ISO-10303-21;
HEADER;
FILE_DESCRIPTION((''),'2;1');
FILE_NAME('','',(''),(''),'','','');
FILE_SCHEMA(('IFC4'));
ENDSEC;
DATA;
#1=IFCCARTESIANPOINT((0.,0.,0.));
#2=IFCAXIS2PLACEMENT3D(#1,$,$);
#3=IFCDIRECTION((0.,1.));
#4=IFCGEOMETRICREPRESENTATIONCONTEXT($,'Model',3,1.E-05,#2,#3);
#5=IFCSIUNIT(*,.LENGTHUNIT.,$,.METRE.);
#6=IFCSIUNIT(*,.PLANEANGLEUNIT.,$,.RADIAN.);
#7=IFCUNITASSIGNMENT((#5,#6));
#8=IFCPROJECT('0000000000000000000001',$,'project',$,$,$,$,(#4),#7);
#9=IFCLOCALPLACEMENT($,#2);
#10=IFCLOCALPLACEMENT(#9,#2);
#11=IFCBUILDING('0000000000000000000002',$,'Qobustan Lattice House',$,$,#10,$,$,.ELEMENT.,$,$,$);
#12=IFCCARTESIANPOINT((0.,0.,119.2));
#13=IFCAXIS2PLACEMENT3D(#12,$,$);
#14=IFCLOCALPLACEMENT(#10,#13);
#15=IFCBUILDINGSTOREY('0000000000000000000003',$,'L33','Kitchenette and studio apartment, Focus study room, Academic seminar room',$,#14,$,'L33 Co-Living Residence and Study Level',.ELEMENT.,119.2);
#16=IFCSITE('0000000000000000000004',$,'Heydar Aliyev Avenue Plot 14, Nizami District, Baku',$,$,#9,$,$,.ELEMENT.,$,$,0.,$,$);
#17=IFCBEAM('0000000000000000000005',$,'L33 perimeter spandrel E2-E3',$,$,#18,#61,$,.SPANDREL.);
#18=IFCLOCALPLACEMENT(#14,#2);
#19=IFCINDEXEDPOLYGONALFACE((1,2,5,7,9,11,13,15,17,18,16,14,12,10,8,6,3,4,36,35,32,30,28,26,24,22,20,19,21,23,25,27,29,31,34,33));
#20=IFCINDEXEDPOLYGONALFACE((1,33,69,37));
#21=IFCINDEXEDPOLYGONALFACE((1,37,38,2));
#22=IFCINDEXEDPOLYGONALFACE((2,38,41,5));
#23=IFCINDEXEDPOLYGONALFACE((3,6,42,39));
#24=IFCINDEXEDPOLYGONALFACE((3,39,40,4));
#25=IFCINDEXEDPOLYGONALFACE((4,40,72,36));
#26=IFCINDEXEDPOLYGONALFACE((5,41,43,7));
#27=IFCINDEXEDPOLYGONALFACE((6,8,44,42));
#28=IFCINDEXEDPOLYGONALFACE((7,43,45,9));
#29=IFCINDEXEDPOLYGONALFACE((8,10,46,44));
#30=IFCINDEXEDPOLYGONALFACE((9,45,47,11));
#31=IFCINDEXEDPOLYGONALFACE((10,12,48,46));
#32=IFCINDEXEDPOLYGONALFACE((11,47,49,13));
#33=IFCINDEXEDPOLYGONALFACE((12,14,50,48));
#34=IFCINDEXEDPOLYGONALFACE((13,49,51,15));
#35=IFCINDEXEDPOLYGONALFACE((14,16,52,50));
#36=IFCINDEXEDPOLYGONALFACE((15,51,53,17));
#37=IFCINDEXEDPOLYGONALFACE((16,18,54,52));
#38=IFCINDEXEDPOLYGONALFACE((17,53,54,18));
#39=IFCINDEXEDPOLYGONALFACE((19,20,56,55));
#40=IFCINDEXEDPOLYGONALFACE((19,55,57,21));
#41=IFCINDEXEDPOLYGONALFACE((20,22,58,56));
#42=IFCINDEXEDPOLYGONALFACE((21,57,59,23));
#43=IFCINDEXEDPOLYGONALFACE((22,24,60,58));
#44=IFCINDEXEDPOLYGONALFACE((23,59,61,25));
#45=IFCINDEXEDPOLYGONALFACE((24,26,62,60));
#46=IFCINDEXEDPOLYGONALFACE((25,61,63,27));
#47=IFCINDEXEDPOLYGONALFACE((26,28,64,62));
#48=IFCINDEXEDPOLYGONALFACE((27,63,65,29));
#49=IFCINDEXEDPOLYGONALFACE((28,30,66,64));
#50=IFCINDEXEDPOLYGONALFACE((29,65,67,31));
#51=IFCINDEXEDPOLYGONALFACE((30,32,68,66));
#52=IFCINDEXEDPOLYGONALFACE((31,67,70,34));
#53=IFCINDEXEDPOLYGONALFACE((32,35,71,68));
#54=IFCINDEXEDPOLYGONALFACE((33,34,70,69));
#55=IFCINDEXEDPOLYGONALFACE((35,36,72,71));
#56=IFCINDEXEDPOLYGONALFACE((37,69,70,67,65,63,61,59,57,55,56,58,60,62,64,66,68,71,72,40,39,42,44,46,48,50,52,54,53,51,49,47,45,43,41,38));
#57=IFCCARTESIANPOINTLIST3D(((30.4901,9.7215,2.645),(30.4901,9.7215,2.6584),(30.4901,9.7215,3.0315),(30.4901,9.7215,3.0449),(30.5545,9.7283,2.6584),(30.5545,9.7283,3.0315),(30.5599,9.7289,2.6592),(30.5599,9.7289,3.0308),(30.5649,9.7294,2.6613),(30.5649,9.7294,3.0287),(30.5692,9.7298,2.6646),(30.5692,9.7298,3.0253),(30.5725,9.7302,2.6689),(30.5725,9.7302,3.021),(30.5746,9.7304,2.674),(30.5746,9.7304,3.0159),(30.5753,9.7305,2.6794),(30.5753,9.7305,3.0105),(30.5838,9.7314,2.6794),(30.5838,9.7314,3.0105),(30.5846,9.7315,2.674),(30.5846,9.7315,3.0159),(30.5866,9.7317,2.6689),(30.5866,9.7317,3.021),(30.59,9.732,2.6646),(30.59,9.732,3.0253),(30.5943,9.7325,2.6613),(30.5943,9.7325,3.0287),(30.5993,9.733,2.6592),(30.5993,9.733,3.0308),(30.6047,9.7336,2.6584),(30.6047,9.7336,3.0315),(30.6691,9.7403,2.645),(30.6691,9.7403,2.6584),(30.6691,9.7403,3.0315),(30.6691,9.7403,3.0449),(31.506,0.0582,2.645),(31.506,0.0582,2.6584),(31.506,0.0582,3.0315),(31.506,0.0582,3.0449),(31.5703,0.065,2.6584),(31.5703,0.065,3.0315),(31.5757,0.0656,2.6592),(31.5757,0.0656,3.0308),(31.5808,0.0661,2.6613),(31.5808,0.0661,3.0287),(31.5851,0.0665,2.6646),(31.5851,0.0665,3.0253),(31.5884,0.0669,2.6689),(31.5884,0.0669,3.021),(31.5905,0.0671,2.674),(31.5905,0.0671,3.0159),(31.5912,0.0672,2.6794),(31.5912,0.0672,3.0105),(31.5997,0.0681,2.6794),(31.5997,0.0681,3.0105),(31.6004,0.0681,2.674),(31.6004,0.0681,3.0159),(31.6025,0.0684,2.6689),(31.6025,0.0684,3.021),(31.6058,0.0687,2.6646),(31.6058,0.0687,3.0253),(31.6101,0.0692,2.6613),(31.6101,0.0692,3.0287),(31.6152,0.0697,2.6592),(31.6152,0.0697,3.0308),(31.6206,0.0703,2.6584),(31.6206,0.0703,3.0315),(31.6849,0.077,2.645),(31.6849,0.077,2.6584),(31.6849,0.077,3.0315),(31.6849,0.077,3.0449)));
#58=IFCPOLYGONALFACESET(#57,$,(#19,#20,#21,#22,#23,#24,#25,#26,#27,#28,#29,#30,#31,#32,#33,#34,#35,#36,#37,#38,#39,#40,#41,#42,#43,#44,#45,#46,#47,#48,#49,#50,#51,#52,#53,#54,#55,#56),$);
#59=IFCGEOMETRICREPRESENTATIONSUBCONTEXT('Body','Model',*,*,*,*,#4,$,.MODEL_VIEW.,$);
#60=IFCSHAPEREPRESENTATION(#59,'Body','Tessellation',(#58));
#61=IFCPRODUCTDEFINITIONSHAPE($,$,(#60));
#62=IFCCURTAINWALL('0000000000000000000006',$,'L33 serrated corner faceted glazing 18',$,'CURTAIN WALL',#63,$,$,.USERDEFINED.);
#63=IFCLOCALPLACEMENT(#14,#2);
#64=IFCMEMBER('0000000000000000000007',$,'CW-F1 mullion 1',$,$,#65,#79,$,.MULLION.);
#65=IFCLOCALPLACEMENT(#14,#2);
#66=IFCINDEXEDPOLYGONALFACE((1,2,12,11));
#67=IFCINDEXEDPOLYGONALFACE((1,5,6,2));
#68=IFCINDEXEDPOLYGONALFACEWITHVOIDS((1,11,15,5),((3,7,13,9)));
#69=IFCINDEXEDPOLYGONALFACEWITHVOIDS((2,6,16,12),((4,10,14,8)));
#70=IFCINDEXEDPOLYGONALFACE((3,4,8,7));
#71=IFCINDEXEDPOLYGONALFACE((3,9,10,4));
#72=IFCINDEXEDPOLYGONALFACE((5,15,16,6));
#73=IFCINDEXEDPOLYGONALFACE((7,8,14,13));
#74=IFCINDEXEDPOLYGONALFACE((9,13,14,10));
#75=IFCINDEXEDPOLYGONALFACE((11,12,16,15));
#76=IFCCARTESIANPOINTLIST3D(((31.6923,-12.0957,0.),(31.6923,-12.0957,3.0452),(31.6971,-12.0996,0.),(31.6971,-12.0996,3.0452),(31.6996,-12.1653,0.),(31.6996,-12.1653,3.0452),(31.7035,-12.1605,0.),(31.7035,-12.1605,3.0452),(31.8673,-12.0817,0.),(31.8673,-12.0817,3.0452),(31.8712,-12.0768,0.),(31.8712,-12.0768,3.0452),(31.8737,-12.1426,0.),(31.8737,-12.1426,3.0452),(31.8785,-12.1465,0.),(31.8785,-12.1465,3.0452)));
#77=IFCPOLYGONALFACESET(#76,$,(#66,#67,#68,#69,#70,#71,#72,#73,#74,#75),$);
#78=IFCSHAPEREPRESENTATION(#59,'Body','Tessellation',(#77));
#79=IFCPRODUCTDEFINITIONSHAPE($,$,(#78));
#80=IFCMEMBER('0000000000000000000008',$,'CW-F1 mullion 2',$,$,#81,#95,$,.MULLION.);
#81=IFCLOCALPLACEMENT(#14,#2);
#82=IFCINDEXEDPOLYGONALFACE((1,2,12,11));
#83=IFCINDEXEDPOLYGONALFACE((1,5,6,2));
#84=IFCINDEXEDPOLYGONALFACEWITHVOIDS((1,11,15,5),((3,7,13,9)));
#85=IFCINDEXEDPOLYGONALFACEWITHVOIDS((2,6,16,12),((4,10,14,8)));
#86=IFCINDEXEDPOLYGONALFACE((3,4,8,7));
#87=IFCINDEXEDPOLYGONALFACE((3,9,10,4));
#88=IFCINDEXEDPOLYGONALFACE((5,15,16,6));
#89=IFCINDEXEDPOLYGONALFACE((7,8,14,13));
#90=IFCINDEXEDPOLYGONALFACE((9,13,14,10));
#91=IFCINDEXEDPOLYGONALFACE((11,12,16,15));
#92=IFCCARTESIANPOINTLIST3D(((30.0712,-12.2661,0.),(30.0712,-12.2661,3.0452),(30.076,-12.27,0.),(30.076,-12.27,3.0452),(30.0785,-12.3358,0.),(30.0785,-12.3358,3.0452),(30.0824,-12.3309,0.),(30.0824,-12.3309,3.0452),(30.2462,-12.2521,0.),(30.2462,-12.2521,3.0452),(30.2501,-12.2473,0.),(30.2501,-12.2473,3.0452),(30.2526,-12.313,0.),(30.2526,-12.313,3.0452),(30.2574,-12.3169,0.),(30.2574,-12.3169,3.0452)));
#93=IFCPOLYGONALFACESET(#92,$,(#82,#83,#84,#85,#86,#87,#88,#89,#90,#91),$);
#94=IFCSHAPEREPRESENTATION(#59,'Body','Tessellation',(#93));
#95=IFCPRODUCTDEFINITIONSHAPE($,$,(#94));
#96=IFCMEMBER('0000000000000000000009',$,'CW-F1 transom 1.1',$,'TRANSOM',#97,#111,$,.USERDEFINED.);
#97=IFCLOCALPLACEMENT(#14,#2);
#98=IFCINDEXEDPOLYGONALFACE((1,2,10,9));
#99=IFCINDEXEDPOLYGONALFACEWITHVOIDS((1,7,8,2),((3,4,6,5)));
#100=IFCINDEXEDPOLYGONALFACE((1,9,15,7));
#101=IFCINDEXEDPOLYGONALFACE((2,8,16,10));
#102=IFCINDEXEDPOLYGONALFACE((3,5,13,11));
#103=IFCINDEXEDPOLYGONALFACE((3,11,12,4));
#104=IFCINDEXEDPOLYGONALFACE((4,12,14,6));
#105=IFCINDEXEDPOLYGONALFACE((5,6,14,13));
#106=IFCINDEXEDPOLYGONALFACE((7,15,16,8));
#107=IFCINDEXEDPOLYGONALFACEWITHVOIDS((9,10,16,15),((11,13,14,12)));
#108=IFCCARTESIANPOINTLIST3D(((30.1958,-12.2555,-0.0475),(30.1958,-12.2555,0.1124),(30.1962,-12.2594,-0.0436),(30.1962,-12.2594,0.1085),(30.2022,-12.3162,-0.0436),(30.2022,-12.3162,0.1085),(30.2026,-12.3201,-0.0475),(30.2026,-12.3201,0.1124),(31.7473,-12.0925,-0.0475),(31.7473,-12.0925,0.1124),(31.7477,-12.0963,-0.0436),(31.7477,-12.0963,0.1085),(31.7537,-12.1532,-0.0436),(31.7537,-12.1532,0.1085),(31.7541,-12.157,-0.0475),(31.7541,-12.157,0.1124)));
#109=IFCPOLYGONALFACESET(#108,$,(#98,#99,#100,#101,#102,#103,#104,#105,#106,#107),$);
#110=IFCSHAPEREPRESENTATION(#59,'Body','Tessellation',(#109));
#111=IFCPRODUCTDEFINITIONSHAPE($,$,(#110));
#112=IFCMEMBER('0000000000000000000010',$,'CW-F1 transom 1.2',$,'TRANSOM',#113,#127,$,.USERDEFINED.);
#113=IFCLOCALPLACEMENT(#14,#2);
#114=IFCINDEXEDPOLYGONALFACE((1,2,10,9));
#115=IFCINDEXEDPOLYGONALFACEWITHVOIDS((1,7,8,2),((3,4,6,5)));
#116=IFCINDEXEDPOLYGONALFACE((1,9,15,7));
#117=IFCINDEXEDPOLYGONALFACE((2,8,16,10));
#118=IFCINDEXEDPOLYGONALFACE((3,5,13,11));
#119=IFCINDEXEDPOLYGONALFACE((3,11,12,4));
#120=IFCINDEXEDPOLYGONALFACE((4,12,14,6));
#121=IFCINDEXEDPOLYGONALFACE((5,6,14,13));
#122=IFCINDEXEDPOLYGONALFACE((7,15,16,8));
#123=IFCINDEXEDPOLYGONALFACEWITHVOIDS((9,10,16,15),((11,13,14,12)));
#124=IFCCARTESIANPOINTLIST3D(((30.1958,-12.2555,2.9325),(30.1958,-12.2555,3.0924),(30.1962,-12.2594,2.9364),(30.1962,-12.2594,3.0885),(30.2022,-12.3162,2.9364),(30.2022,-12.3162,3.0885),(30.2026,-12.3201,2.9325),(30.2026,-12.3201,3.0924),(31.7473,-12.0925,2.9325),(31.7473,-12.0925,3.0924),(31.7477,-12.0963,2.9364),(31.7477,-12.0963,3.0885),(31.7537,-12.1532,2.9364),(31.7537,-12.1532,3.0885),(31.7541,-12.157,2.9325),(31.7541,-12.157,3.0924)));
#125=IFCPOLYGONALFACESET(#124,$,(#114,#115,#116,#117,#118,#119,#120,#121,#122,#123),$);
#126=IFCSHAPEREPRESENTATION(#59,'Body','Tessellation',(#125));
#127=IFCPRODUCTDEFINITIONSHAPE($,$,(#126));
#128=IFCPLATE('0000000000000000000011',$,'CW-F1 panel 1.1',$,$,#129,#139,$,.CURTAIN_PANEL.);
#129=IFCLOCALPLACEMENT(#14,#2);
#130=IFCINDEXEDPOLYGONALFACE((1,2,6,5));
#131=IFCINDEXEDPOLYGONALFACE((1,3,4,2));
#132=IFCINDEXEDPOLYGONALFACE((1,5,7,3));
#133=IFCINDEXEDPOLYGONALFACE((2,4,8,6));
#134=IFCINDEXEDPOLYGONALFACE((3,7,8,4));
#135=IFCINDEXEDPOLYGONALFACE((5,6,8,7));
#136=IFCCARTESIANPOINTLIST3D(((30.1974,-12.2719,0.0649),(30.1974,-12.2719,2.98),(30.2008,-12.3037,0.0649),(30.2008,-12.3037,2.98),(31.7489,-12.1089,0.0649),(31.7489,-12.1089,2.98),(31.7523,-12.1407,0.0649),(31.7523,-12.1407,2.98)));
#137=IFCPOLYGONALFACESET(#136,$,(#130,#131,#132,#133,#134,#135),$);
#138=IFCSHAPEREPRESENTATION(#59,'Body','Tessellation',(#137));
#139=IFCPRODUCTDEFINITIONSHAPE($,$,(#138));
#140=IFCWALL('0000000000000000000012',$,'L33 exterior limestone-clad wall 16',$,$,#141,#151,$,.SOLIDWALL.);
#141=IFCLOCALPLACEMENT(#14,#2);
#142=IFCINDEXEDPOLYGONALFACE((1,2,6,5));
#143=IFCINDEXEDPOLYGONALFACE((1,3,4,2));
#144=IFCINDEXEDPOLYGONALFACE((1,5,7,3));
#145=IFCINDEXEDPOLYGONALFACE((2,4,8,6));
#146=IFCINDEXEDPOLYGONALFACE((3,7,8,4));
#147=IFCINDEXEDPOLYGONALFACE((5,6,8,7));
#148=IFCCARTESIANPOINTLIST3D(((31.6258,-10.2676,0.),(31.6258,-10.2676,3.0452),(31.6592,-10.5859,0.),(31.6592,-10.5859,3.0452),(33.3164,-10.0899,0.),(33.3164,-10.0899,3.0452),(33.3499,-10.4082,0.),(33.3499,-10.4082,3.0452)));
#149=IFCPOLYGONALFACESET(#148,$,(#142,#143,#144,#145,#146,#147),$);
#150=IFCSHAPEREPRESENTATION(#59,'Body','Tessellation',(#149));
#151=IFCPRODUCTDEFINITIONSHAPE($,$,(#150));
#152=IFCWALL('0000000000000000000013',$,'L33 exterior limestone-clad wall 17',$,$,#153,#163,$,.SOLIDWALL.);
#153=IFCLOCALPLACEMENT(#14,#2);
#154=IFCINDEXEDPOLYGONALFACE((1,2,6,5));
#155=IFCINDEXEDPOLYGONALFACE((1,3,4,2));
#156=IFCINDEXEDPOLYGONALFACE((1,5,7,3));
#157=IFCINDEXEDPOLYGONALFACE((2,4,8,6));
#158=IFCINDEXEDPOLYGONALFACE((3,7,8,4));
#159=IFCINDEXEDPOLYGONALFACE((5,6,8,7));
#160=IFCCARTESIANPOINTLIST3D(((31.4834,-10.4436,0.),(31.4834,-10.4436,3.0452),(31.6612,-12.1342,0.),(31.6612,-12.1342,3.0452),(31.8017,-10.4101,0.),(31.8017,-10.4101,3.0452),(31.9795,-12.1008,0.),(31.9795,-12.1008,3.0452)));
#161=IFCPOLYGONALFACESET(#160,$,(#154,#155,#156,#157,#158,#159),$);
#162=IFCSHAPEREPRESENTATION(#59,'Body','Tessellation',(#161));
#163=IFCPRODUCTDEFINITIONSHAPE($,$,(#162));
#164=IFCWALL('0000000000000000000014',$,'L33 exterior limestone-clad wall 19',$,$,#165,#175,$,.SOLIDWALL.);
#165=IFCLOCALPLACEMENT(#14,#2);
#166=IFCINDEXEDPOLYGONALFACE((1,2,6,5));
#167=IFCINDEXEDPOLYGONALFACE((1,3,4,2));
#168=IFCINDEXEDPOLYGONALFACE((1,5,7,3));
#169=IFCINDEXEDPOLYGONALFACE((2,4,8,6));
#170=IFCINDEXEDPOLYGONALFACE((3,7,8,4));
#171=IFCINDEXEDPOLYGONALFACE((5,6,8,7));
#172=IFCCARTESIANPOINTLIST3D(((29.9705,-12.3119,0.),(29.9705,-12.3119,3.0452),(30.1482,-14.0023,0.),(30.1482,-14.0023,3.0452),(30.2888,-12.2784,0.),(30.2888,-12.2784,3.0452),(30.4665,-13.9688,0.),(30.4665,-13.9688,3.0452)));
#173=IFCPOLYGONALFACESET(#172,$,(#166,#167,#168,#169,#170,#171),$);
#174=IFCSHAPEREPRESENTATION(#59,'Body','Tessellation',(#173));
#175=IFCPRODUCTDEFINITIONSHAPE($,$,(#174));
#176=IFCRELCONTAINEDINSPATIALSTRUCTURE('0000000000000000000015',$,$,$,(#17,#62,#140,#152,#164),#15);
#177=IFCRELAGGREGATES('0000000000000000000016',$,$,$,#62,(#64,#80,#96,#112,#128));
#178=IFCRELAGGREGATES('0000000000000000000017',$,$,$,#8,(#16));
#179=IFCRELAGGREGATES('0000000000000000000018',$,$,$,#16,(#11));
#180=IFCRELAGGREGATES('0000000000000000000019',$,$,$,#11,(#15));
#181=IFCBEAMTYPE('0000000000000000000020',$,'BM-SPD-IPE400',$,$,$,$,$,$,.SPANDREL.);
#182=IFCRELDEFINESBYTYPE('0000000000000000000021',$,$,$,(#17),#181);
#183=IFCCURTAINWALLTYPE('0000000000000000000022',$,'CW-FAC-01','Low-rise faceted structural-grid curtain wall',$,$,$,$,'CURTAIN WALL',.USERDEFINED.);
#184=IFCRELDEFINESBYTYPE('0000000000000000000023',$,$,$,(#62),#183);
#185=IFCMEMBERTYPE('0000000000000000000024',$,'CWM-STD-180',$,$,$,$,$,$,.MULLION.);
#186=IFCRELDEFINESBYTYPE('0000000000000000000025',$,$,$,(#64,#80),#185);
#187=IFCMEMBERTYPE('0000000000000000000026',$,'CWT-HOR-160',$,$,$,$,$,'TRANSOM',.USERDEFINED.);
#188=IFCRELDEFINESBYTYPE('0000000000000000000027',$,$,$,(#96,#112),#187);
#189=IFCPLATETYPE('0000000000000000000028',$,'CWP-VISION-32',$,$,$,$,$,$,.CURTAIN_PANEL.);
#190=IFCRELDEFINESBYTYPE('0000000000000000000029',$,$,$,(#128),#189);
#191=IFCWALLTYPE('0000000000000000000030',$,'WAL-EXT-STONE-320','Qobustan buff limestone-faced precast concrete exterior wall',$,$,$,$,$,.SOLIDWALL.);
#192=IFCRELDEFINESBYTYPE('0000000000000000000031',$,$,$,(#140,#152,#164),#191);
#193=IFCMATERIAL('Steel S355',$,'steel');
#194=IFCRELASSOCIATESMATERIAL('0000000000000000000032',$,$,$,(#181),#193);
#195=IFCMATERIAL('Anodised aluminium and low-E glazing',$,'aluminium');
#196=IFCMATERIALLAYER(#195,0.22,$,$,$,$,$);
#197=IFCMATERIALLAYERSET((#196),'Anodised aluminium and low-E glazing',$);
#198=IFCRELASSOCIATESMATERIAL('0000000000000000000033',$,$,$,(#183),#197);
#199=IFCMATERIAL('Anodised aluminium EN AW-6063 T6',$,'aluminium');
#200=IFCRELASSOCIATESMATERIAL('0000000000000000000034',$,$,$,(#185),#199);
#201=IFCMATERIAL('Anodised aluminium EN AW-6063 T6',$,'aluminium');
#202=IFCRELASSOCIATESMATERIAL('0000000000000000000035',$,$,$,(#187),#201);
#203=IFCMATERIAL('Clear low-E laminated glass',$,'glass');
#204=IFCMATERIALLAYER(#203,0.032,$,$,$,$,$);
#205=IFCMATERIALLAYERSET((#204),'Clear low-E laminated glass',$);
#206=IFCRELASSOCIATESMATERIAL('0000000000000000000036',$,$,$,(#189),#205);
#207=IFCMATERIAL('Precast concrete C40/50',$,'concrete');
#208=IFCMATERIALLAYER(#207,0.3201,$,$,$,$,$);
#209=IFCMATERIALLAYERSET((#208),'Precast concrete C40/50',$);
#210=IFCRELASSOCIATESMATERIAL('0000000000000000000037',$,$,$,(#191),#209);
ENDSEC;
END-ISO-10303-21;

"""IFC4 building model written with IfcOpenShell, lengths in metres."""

from ifc_helpers import new_model, si_unit, direction, frame, frame_2d, origin, origin_2d, place, context, subcontext, project, spatial, rectangle, hollow_rectangle, i_section, extrude, material, layer, layer_set, material_profile, profile_set, type_object, element, aggregate, save


model = new_model("IFC4")

# Units and contexts
model_context = context("Model", 3, precision=1e-05, world=origin(), true_north=direction((0.0, 1.0)))
body_context = subcontext(model_context, "Body", "Model", "MODEL_VIEW")
ifc_project = project(units=[si_unit("LENGTHUNIT", "METRE"), si_unit("PLANEANGLEUNIT", "RADIAN")], contexts=[model_context])

# Site, building, storey
site_placement = place(None, origin())
site = spatial("IfcSite", under=ifc_project, at=site_placement, Name="Heydar Aliyev Avenue Plot 14, Nizami District, Baku", CompositionType="ELEMENT", RefElevation=0.0)
building_placement = place(site_placement, origin())
building = spatial("IfcBuilding", under=site, at=building_placement, Name="Qobustan Lattice House", CompositionType="ELEMENT")
storey_placement = place(building_placement, frame((0.0, 0.0, 119.2)))
storey = spatial("IfcBuildingStorey", under=building, at=storey_placement, Name="L33", Description="Kitchenette and studio apartment, Focus study room, Academic seminar room", LongName="L33 Co-Living Residence and Study Level", CompositionType="ELEMENT", Elevation=119.2)

# Beam
ifc_material_1 = material(Name="Steel S355", Category="steel")
ifc_material_profile_1 = material_profile(ifc_material_1, i_section(OverallWidth=0.1799, OverallDepth=0.3999, WebThickness=0.0085, FlangeThickness=0.0134, FilletRadius=0.021, at=origin_2d()), Name="IPE400")
ifc_profile_set_1 = profile_set([ifc_material_profile_1], Name="Steel S355")
beam_type_1 = type_object("IfcBeamType", Name="BM-SPD-IPE400", PredefinedType="SPANDREL", material=ifc_profile_set_1)
for number, where, z_axis, x_axis, name in (
    (1, (31.5955, 0.0676, 2.845), (-0.10455, 0.99452, 0.0), (-0.99452, -0.10455, 0.0), "L33 perimeter spandrel E2-E3"),
):
    element("IfcBeam", number, at=place(storey_placement, frame(where, z_axis=z_axis, x_axis=x_axis)), inside=storey, type_object=beam_type_1, Name=name, PredefinedType="SPANDREL", context=body_context, shape_type="SweptSolid", body=[
        extrude(i_section(OverallWidth=0.1799, OverallDepth=0.3999, WebThickness=0.0085, FlangeThickness=0.0134, FilletRadius=0.021, at=origin_2d()), origin(), (0.0, 0.0, 1.0), 9.7166),
    ])

# Curtain wall, members, plate
ifc_material_2 = material(Name="Anodised aluminium and low-E glazing", Category="aluminium")
ifc_layer_1 = layer(ifc_material_2, 0.22)
ifc_layer_set_1 = layer_set([ifc_layer_1], Name="Anodised aluminium and low-E glazing")
curtain_wall_type = type_object("IfcCurtainWallType", Name="CW-FAC-01", Description="Low-rise faceted structural-grid curtain wall", ElementType="CURTAIN WALL", PredefinedType="USERDEFINED", material=ifc_layer_set_1)
curtain_wall_placement = place(storey_placement, origin())
curtain_wall = element("IfcCurtainWall", 2, at=curtain_wall_placement, inside=storey, type_object=curtain_wall_type, Name="L33 serrated corner faceted glazing 18", ObjectType="CURTAIN WALL", PredefinedType="USERDEFINED")
ifc_material_3 = material(Name="Anodised aluminium EN AW-6063 T6", Category="aluminium")
ifc_material_profile_2 = material_profile(ifc_material_3, hollow_rectangle(XDim=0.0701, YDim=0.1799, WallThickness=0.0044, at=origin_2d()), Name="CWM-180x70")
ifc_profile_set_2 = profile_set([ifc_material_profile_2], Name="Anodised aluminium EN AW-6063 T6")
member_type_1 = type_object("IfcMemberType", Name="CWM-STD-180", PredefinedType="MULLION", material=ifc_profile_set_2)
member_1_placement = place(storey_placement, frame((31.7854, -12.1211, 0.0), z_axis=(0.0, 0.0, 1.0), x_axis=(0.104529, -0.994522, 0.0)))
member_1 = element("IfcMember", 3, at=member_1_placement, type_object=member_type_1, Name="CW-F1 mullion 1", PredefinedType="MULLION", context=body_context, shape_type="SweptSolid", body=[
    extrude(hollow_rectangle(XDim=0.0701, YDim=0.1799, WallThickness=0.0044, at=origin_2d()), origin(), (0.0, 0.0, 1.0), 3.0452),
])
member_2_placement = place(storey_placement, frame((30.1643, -12.2915, 0.0), z_axis=(0.0, 0.0, 1.0), x_axis=(0.104529, -0.994522, 0.0)))
member_2 = element("IfcMember", 4, at=member_2_placement, type_object=member_type_1, Name="CW-F1 mullion 2", PredefinedType="MULLION", context=body_context, shape_type="SweptSolid", body=[
    extrude(hollow_rectangle(XDim=0.0701, YDim=0.1799, WallThickness=0.0044, at=origin_2d()), origin(), (0.0, 0.0, 1.0), 3.0452),
])
ifc_material_4 = material(Name="Anodised aluminium EN AW-6063 T6", Category="aluminium")
ifc_material_profile_3 = material_profile(ifc_material_4, hollow_rectangle(XDim=0.0649, YDim=0.1599, WallThickness=0.0039, at=origin_2d()), Name="CWT-160x65")
ifc_profile_set_3 = profile_set([ifc_material_profile_3], Name="Anodised aluminium EN AW-6063 T6")
member_type_2 = type_object("IfcMemberType", Name="CWT-HOR-160", ElementType="TRANSOM", PredefinedType="USERDEFINED", material=ifc_profile_set_3)
member_3_placement = place(storey_placement, frame((31.7507, -12.1248, 0.0325), z_axis=(-0.994521, -0.104538, 0.0), x_axis=(0.104538, -0.994521, 0.0)))
member_3 = element("IfcMember", 5, at=member_3_placement, type_object=member_type_2, Name="CW-F1 transom 1.1", ObjectType="TRANSOM", PredefinedType="USERDEFINED", context=body_context, shape_type="SweptSolid", body=[
    extrude(hollow_rectangle(XDim=0.0649, YDim=0.1599, WallThickness=0.0039, at=origin_2d()), origin(), (0.0, 0.0, 1.0), 1.5601),
])
member_4_placement = place(storey_placement, frame((31.7507, -12.1248, 3.0125), z_axis=(-0.994521, -0.104538, 0.0), x_axis=(0.104538, -0.994521, 0.0)))
member_4 = element("IfcMember", 6, at=member_4_placement, type_object=member_type_2, Name="CW-F1 transom 1.2", ObjectType="TRANSOM", PredefinedType="USERDEFINED", context=body_context, shape_type="SweptSolid", body=[
    extrude(hollow_rectangle(XDim=0.0649, YDim=0.1599, WallThickness=0.0039, at=origin_2d()), origin(), (0.0, 0.0, 1.0), 1.5601),
])
ifc_material_5 = material(Name="Clear low-E laminated glass", Category="glass")
ifc_layer_2 = layer(ifc_material_5, 0.032)
ifc_layer_set_2 = layer_set([ifc_layer_2], Name="Clear low-E laminated glass")
plate_type = type_object("IfcPlateType", Name="CWP-VISION-32", PredefinedType="CURTAIN_PANEL", material=ifc_layer_set_2)
plate_placement = place(storey_placement, frame((30.9749, -12.2063, 0.0649), z_axis=(0.0, 0.0, 1.0), x_axis=(-0.994522, -0.104529, 0.0)))
plate = element("IfcPlate", 7, at=plate_placement, type_object=plate_type, Name="CW-F1 panel 1.1", PredefinedType="CURTAIN_PANEL", context=body_context, shape_type="SweptSolid", body=[
    extrude(rectangle(XDim=1.5601, YDim=0.032, at=origin_2d()), origin(), (0.0, 0.0, 1.0), 2.915),
])
aggregate(curtain_wall, [member_1, member_2, member_3, member_4, plate])

# Walls
ifc_material_6 = material(Name="Precast concrete C40/50", Category="concrete")
ifc_layer_3 = layer(ifc_material_6, 0.3201)
ifc_layer_set_3 = layer_set([ifc_layer_3], Name="Precast concrete C40/50")
wall_type = type_object("IfcWallType", Name="WAL-EXT-STONE-320", Description="Qobustan buff limestone-faced precast concrete exterior wall", PredefinedType="SOLIDWALL", material=ifc_layer_set_3)
for number, where, z_axis, x_axis, name in (
    (8, (33.3333, -10.249, 0.0), (0.0, 0.0, 1.0), (-0.99452, -0.10455, 0.0), "L33 exterior limestone-clad wall 16"),
    (9, (31.6426, -10.4268, 0.0), (0.0, 0.0, 1.0), (0.10455, -0.99452, 0.0), "L33 exterior limestone-clad wall 17"),
):
    element("IfcWall", number, at=place(storey_placement, frame(where, z_axis=z_axis, x_axis=x_axis)), inside=storey, type_object=wall_type, Name=name, PredefinedType="SOLIDWALL", context=body_context, shape_type="SweptSolid", body=[
        extrude(rectangle(XDim=1.7, YDim=0.3201, at=frame_2d((0.8501, 0.0))), origin(), (0.0, 0.0, 1.0), 3.0452),
    ])
wall_1_placement = place(storey_placement, frame((30.1296, -12.2952, 0.0), z_axis=(0.0, 0.0, 1.0), x_axis=(0.104565, -0.994518, 0.0)))
element("IfcWall", 10, at=wall_1_placement, inside=storey, type_object=wall_type, Name="L33 exterior limestone-clad wall 19", PredefinedType="SOLIDWALL", context=body_context, shape_type="SweptSolid", body=[
    extrude(rectangle(XDim=1.6997, YDim=0.3201, at=frame_2d((0.8499, 0.0))), origin(), (0.0, 0.0, 1.0), 3.0452),
])

save(model, "model.ifc")
